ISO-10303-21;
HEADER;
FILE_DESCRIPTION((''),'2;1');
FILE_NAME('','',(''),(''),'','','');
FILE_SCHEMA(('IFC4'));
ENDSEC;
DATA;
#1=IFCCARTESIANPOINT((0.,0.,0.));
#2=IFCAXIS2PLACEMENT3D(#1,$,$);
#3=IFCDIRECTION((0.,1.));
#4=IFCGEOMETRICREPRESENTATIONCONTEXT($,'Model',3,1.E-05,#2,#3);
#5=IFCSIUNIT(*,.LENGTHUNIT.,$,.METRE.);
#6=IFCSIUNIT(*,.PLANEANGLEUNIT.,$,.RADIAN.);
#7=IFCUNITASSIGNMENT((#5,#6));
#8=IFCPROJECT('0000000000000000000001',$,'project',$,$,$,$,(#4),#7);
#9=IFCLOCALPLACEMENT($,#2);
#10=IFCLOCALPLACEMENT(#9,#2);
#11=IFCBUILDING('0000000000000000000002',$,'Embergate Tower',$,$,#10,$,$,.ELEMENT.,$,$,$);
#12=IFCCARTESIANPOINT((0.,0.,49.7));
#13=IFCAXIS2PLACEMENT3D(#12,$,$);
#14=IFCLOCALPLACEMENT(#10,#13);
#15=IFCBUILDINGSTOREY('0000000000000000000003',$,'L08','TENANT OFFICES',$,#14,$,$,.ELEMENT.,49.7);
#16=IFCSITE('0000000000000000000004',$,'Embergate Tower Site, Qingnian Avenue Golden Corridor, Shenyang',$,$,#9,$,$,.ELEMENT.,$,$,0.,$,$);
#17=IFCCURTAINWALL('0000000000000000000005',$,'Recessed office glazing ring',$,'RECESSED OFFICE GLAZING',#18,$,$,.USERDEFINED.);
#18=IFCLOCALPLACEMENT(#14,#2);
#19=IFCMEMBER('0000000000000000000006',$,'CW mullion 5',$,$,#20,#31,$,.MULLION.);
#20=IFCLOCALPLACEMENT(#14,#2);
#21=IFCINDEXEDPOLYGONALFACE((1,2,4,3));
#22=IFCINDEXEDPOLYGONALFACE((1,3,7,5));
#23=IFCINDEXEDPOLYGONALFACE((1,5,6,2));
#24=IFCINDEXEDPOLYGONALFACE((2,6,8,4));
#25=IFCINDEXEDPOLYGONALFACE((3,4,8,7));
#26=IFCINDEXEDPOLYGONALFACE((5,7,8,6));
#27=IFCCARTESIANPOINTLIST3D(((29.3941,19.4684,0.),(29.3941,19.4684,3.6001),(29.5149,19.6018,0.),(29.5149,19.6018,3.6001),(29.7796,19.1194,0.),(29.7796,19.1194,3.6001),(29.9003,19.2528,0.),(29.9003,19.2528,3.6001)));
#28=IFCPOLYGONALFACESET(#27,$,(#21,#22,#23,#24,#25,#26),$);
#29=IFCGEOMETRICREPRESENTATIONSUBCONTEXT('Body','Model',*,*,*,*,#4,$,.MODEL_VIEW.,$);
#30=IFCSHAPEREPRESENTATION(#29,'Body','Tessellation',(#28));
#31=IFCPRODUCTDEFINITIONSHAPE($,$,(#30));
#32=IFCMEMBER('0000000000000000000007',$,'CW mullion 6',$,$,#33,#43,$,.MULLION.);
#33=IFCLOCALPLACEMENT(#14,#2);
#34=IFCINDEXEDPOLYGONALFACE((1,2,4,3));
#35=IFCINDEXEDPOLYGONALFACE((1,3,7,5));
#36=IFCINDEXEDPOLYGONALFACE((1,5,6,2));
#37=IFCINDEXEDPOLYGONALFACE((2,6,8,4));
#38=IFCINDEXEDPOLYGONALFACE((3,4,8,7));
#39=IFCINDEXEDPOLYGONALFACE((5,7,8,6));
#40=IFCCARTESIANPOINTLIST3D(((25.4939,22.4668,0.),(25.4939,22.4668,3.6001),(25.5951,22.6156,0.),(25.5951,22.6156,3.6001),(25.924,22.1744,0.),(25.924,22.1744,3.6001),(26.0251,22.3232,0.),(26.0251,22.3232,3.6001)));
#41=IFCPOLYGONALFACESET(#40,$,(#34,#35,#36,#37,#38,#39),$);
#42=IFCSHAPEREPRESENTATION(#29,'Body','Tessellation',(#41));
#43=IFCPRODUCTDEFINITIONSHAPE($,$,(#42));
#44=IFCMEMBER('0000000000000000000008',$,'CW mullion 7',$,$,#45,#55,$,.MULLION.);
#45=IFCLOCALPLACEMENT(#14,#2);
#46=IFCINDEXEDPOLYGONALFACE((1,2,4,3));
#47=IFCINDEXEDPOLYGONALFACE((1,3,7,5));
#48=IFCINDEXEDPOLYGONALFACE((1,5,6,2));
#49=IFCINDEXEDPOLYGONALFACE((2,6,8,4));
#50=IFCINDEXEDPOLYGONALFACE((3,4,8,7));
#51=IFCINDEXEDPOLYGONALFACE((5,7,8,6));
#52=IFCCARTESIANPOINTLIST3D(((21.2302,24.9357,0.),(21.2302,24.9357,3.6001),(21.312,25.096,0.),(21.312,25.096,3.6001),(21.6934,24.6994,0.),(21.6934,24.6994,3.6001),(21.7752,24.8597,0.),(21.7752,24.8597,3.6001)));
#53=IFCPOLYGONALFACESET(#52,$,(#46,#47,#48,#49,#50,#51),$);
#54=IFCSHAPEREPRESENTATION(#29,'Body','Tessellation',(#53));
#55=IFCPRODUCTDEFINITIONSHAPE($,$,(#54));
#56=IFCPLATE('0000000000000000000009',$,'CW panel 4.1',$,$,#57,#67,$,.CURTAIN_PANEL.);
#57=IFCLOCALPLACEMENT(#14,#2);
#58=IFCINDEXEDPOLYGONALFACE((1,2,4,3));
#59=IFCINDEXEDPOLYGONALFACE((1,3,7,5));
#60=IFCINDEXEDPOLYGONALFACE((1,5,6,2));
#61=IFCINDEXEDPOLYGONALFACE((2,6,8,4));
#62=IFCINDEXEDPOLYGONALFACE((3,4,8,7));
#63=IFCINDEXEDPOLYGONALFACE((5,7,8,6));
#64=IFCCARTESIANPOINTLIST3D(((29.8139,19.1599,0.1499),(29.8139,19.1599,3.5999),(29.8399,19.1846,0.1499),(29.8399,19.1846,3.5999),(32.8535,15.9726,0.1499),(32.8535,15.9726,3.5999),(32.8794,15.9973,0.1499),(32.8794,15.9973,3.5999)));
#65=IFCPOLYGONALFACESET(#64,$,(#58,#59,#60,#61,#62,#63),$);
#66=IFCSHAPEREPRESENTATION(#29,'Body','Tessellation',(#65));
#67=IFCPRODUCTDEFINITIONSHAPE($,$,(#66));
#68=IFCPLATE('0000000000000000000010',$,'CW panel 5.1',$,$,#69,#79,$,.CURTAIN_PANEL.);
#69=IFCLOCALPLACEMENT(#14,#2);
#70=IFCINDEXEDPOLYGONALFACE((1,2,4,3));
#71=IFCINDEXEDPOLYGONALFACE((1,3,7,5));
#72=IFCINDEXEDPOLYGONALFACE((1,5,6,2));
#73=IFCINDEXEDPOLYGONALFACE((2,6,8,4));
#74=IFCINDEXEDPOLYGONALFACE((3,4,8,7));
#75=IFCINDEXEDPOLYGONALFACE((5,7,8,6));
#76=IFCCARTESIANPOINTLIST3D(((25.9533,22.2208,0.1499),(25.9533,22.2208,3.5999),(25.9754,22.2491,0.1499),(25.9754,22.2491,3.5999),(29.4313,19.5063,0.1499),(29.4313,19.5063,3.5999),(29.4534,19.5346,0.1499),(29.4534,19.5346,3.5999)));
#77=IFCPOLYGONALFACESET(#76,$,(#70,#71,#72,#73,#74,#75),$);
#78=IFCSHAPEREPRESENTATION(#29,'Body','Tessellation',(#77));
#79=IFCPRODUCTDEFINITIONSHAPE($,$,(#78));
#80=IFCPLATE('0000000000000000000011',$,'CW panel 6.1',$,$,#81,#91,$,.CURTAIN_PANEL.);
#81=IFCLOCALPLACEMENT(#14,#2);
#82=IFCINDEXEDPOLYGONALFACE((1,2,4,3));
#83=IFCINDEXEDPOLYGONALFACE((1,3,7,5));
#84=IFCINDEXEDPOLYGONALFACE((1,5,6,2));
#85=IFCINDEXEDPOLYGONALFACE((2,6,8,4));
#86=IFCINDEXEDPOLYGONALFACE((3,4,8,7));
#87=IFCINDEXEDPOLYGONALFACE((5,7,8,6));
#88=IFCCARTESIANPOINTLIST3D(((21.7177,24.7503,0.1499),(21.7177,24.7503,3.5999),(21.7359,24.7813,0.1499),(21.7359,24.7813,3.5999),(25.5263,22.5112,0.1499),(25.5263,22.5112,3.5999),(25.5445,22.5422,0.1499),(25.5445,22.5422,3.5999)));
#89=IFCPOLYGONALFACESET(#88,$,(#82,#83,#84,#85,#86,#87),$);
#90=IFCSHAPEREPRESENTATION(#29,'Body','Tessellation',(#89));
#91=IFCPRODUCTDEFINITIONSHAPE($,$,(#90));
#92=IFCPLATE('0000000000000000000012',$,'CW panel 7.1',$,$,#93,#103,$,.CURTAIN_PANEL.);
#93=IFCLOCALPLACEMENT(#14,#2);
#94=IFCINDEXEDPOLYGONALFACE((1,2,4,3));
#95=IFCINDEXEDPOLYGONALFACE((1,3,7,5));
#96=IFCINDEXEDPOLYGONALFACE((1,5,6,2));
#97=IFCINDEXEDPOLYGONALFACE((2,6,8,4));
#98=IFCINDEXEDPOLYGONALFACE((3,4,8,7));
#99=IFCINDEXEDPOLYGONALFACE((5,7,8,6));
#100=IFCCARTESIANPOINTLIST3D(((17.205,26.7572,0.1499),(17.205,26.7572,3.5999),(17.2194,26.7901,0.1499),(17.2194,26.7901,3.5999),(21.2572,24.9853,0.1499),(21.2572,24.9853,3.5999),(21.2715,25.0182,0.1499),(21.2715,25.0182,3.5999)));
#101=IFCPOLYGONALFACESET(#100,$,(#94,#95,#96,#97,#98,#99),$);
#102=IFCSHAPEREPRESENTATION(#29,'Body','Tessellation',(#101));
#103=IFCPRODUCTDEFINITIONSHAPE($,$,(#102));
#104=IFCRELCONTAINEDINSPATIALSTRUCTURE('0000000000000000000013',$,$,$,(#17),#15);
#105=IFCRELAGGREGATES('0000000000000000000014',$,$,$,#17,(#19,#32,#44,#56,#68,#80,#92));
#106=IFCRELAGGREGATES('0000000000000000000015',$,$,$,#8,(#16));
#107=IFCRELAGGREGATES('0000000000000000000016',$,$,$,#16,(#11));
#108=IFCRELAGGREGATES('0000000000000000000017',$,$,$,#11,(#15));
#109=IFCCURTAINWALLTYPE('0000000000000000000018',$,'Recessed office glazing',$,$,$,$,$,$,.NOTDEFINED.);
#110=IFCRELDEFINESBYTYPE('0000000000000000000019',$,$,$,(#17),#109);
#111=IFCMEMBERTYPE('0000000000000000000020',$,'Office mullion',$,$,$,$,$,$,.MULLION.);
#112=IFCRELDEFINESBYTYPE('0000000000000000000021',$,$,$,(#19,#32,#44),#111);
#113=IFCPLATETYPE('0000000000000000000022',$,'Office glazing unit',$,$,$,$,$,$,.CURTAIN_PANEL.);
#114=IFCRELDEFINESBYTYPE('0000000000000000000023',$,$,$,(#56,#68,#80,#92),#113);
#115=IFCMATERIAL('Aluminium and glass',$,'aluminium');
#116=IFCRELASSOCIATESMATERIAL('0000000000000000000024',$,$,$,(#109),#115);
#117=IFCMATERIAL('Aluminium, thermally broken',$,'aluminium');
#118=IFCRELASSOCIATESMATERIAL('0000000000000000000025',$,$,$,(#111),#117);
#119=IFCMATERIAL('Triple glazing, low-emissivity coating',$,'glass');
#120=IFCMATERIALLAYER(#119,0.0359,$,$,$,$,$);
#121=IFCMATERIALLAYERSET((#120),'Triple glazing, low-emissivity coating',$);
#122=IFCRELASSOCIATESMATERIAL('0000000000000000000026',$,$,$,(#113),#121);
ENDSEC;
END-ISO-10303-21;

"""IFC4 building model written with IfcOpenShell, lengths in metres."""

from ifc_helpers import new_model, si_unit, direction, frame, origin, origin_2d, place, context, subcontext, project, spatial, rectangle, extrude, source, transform, mapped, material, layer, layer_set, material_profile, profile_set, type_object, element, aggregate, save


model = new_model("IFC4")

# Units and contexts
model_context = context("Model", 3, precision=1e-05, world=origin(), true_north=direction((0.0, 1.0)))
body_context = subcontext(model_context, "Body", "Model", "MODEL_VIEW")
ifc_project = project(units=[si_unit("LENGTHUNIT", "METRE"), si_unit("PLANEANGLEUNIT", "RADIAN")], contexts=[model_context])

# Site, building, storey
site_placement = place(None, origin())
site = spatial("IfcSite", under=ifc_project, at=site_placement, Name="Embergate Tower Site, Qingnian Avenue Golden Corridor, Shenyang", CompositionType="ELEMENT", RefElevation=0.0)
building_placement = place(site_placement, origin())
building = spatial("IfcBuilding", under=site, at=building_placement, Name="Embergate Tower", CompositionType="ELEMENT")
storey_placement = place(building_placement, frame((0.0, 0.0, 49.7)))
storey = spatial("IfcBuildingStorey", under=building, at=storey_placement, Name="L08", Description="TENANT OFFICES", CompositionType="ELEMENT", Elevation=49.7)

# Curtain wall, members, plates
ifc_material_1 = material(Name="Aluminium and glass", Category="aluminium")
curtain_wall_type = type_object("IfcCurtainWallType", Name="Recessed office glazing", PredefinedType="NOTDEFINED", material=ifc_material_1)
curtain_wall_placement = place(storey_placement, origin())
curtain_wall = element("IfcCurtainWall", 1, at=curtain_wall_placement, inside=storey, type_object=curtain_wall_type, Name="Recessed office glazing ring", ObjectType="RECESSED OFFICE GLAZING", PredefinedType="USERDEFINED")
ifc_material_2 = material(Name="Aluminium, thermally broken", Category="aluminium")
ifc_material_profile_1 = material_profile(ifc_material_2, rectangle(XDim=0.1799, YDim=0.52, at=origin_2d()), Name="AL 520x180")
ifc_profile_set_1 = profile_set([ifc_material_profile_1], Name="Aluminium, thermally broken")
member_type_1 = type_object("IfcMemberType", Name="Office mullion", PredefinedType="MULLION", material=ifc_profile_set_1)
shared_shape_1 = source(origin(), body_context, "Body", "SweptSolid", [
    extrude(rectangle(XDim=0.1799, YDim=0.52, at=origin_2d()), origin(), (0.0, 0.0, 1.0), 3.6001),
])
member_1_placement = place(storey_placement, frame((29.6472, 19.3606, 0.0), z_axis=(0.0, 0.0, 1.0), x_axis=(-0.671229, -0.74125, 0.0)))
member_1 = element("IfcMember", 2, at=member_1_placement, type_object=member_type_1, Name="CW mullion 5", PredefinedType="MULLION", context=body_context, shape_type="MappedRepresentation", body=[
    mapped(shared_shape_1, transform((0.0, 0.0, 0.0))),
])
member_2_placement = place(storey_placement, frame((25.7595, 22.395, 0.0), z_axis=(0.0, 0.0, 1.0), x_axis=(-0.562218, -0.826989, 0.0)))
member_2 = element("IfcMember", 3, at=member_2_placement, type_object=member_type_1, Name="CW mullion 6", PredefinedType="MULLION", context=body_context, shape_type="MappedRepresentation", body=[
    mapped(shared_shape_1, transform((0.0, 0.0, 0.0))),
])
member_3_placement = place(storey_placement, frame((21.5027, 24.8977, 0.0), z_axis=(0.0, 0.0, 1.0), x_axis=(-0.454511, -0.890741, 0.0)))
member_3 = element("IfcMember", 4, at=member_3_placement, type_object=member_type_1, Name="CW mullion 7", PredefinedType="MULLION", context=body_context, shape_type="MappedRepresentation", body=[
    mapped(shared_shape_1, transform((0.0, 0.0, 0.0))),
])
ifc_material_3 = material(Name="Triple glazing, low-emissivity coating", Category="glass")
ifc_layer_1 = layer(ifc_material_3, 0.0359)
ifc_layer_set_1 = layer_set([ifc_layer_1], Name="Triple glazing, low-emissivity coating")
plate_type = type_object("IfcPlateType", Name="Office glazing unit", PredefinedType="CURTAIN_PANEL", material=ifc_layer_set_1)
shared_shape_2 = source(origin(), body_context, "Body", "SweptSolid", [
    extrude(rectangle(XDim=4.4043, YDim=0.0359, at=origin_2d()), origin(), (0.0, 0.0, 1.0), 3.45),
])
plate_1_placement = place(storey_placement, frame((31.3467, 17.5786, 0.1499), z_axis=(0.0, 0.0, 1.0), x_axis=(-0.690135, 0.723681, 0.0)))
plate_1 = element("IfcPlate", 5, at=plate_1_placement, type_object=plate_type, Name="CW panel 4.1", PredefinedType="CURTAIN_PANEL", context=body_context, shape_type="MappedRepresentation", body=[
    mapped(shared_shape_2, transform((0.0, 0.0, 0.0))),
])
shared_shape_3 = source(origin(), body_context, "Body", "SweptSolid", [
    extrude(rectangle(XDim=4.4119, YDim=0.0359, at=origin_2d()), origin(), (0.0, 0.0, 1.0), 3.45),
])
plate_2_placement = place(storey_placement, frame((27.7034, 20.8777, 0.1499), z_axis=(0.0, 0.0, 1.0), x_axis=(-0.78832, 0.615265, 0.0)))
plate_2 = element("IfcPlate", 6, at=plate_2_placement, type_object=plate_type, Name="CW panel 5.1", PredefinedType="CURTAIN_PANEL", context=body_context, shape_type="MappedRepresentation", body=[
    mapped(shared_shape_3, transform((0.0, 0.0, 0.0))),
])
shared_shape_4 = source(origin(), body_context, "Body", "SweptSolid", [
    extrude(rectangle(XDim=4.418, YDim=0.0359, at=origin_2d()), origin(), (0.0, 0.0, 1.0), 3.45),
])
plate_3_placement = place(storey_placement, frame((23.6311, 23.6462, 0.1499), z_axis=(0.0, 0.0, 1.0), x_axis=(-0.862053, 0.506818, 0.0)))
plate_3 = element("IfcPlate", 7, at=plate_3_placement, type_object=plate_type, Name="CW panel 6.1", PredefinedType="CURTAIN_PANEL", context=body_context, shape_type="MappedRepresentation", body=[
    mapped(shared_shape_4, transform((0.0, 0.0, 0.0))),
])
shared_shape_5 = source(origin(), body_context, "Body", "SweptSolid", [
    extrude(rectangle(XDim=4.4226, YDim=0.0359, at=origin_2d()), origin(), (0.0, 0.0, 1.0), 3.45),
])
plate_4_placement = place(storey_placement, frame((19.2383, 25.8877, 0.1499), z_axis=(0.0, 0.0, 1.0), x_axis=(-0.916236, 0.400638, 0.0)))
plate_4 = element("IfcPlate", 8, at=plate_4_placement, type_object=plate_type, Name="CW panel 7.1", PredefinedType="CURTAIN_PANEL", context=body_context, shape_type="MappedRepresentation", body=[
    mapped(shared_shape_5, transform((0.0, 0.0, 0.0))),
])
aggregate(curtain_wall, [member_1, member_2, member_3, plate_1, plate_2, plate_3, plate_4])

save(model, "model.ifc")
